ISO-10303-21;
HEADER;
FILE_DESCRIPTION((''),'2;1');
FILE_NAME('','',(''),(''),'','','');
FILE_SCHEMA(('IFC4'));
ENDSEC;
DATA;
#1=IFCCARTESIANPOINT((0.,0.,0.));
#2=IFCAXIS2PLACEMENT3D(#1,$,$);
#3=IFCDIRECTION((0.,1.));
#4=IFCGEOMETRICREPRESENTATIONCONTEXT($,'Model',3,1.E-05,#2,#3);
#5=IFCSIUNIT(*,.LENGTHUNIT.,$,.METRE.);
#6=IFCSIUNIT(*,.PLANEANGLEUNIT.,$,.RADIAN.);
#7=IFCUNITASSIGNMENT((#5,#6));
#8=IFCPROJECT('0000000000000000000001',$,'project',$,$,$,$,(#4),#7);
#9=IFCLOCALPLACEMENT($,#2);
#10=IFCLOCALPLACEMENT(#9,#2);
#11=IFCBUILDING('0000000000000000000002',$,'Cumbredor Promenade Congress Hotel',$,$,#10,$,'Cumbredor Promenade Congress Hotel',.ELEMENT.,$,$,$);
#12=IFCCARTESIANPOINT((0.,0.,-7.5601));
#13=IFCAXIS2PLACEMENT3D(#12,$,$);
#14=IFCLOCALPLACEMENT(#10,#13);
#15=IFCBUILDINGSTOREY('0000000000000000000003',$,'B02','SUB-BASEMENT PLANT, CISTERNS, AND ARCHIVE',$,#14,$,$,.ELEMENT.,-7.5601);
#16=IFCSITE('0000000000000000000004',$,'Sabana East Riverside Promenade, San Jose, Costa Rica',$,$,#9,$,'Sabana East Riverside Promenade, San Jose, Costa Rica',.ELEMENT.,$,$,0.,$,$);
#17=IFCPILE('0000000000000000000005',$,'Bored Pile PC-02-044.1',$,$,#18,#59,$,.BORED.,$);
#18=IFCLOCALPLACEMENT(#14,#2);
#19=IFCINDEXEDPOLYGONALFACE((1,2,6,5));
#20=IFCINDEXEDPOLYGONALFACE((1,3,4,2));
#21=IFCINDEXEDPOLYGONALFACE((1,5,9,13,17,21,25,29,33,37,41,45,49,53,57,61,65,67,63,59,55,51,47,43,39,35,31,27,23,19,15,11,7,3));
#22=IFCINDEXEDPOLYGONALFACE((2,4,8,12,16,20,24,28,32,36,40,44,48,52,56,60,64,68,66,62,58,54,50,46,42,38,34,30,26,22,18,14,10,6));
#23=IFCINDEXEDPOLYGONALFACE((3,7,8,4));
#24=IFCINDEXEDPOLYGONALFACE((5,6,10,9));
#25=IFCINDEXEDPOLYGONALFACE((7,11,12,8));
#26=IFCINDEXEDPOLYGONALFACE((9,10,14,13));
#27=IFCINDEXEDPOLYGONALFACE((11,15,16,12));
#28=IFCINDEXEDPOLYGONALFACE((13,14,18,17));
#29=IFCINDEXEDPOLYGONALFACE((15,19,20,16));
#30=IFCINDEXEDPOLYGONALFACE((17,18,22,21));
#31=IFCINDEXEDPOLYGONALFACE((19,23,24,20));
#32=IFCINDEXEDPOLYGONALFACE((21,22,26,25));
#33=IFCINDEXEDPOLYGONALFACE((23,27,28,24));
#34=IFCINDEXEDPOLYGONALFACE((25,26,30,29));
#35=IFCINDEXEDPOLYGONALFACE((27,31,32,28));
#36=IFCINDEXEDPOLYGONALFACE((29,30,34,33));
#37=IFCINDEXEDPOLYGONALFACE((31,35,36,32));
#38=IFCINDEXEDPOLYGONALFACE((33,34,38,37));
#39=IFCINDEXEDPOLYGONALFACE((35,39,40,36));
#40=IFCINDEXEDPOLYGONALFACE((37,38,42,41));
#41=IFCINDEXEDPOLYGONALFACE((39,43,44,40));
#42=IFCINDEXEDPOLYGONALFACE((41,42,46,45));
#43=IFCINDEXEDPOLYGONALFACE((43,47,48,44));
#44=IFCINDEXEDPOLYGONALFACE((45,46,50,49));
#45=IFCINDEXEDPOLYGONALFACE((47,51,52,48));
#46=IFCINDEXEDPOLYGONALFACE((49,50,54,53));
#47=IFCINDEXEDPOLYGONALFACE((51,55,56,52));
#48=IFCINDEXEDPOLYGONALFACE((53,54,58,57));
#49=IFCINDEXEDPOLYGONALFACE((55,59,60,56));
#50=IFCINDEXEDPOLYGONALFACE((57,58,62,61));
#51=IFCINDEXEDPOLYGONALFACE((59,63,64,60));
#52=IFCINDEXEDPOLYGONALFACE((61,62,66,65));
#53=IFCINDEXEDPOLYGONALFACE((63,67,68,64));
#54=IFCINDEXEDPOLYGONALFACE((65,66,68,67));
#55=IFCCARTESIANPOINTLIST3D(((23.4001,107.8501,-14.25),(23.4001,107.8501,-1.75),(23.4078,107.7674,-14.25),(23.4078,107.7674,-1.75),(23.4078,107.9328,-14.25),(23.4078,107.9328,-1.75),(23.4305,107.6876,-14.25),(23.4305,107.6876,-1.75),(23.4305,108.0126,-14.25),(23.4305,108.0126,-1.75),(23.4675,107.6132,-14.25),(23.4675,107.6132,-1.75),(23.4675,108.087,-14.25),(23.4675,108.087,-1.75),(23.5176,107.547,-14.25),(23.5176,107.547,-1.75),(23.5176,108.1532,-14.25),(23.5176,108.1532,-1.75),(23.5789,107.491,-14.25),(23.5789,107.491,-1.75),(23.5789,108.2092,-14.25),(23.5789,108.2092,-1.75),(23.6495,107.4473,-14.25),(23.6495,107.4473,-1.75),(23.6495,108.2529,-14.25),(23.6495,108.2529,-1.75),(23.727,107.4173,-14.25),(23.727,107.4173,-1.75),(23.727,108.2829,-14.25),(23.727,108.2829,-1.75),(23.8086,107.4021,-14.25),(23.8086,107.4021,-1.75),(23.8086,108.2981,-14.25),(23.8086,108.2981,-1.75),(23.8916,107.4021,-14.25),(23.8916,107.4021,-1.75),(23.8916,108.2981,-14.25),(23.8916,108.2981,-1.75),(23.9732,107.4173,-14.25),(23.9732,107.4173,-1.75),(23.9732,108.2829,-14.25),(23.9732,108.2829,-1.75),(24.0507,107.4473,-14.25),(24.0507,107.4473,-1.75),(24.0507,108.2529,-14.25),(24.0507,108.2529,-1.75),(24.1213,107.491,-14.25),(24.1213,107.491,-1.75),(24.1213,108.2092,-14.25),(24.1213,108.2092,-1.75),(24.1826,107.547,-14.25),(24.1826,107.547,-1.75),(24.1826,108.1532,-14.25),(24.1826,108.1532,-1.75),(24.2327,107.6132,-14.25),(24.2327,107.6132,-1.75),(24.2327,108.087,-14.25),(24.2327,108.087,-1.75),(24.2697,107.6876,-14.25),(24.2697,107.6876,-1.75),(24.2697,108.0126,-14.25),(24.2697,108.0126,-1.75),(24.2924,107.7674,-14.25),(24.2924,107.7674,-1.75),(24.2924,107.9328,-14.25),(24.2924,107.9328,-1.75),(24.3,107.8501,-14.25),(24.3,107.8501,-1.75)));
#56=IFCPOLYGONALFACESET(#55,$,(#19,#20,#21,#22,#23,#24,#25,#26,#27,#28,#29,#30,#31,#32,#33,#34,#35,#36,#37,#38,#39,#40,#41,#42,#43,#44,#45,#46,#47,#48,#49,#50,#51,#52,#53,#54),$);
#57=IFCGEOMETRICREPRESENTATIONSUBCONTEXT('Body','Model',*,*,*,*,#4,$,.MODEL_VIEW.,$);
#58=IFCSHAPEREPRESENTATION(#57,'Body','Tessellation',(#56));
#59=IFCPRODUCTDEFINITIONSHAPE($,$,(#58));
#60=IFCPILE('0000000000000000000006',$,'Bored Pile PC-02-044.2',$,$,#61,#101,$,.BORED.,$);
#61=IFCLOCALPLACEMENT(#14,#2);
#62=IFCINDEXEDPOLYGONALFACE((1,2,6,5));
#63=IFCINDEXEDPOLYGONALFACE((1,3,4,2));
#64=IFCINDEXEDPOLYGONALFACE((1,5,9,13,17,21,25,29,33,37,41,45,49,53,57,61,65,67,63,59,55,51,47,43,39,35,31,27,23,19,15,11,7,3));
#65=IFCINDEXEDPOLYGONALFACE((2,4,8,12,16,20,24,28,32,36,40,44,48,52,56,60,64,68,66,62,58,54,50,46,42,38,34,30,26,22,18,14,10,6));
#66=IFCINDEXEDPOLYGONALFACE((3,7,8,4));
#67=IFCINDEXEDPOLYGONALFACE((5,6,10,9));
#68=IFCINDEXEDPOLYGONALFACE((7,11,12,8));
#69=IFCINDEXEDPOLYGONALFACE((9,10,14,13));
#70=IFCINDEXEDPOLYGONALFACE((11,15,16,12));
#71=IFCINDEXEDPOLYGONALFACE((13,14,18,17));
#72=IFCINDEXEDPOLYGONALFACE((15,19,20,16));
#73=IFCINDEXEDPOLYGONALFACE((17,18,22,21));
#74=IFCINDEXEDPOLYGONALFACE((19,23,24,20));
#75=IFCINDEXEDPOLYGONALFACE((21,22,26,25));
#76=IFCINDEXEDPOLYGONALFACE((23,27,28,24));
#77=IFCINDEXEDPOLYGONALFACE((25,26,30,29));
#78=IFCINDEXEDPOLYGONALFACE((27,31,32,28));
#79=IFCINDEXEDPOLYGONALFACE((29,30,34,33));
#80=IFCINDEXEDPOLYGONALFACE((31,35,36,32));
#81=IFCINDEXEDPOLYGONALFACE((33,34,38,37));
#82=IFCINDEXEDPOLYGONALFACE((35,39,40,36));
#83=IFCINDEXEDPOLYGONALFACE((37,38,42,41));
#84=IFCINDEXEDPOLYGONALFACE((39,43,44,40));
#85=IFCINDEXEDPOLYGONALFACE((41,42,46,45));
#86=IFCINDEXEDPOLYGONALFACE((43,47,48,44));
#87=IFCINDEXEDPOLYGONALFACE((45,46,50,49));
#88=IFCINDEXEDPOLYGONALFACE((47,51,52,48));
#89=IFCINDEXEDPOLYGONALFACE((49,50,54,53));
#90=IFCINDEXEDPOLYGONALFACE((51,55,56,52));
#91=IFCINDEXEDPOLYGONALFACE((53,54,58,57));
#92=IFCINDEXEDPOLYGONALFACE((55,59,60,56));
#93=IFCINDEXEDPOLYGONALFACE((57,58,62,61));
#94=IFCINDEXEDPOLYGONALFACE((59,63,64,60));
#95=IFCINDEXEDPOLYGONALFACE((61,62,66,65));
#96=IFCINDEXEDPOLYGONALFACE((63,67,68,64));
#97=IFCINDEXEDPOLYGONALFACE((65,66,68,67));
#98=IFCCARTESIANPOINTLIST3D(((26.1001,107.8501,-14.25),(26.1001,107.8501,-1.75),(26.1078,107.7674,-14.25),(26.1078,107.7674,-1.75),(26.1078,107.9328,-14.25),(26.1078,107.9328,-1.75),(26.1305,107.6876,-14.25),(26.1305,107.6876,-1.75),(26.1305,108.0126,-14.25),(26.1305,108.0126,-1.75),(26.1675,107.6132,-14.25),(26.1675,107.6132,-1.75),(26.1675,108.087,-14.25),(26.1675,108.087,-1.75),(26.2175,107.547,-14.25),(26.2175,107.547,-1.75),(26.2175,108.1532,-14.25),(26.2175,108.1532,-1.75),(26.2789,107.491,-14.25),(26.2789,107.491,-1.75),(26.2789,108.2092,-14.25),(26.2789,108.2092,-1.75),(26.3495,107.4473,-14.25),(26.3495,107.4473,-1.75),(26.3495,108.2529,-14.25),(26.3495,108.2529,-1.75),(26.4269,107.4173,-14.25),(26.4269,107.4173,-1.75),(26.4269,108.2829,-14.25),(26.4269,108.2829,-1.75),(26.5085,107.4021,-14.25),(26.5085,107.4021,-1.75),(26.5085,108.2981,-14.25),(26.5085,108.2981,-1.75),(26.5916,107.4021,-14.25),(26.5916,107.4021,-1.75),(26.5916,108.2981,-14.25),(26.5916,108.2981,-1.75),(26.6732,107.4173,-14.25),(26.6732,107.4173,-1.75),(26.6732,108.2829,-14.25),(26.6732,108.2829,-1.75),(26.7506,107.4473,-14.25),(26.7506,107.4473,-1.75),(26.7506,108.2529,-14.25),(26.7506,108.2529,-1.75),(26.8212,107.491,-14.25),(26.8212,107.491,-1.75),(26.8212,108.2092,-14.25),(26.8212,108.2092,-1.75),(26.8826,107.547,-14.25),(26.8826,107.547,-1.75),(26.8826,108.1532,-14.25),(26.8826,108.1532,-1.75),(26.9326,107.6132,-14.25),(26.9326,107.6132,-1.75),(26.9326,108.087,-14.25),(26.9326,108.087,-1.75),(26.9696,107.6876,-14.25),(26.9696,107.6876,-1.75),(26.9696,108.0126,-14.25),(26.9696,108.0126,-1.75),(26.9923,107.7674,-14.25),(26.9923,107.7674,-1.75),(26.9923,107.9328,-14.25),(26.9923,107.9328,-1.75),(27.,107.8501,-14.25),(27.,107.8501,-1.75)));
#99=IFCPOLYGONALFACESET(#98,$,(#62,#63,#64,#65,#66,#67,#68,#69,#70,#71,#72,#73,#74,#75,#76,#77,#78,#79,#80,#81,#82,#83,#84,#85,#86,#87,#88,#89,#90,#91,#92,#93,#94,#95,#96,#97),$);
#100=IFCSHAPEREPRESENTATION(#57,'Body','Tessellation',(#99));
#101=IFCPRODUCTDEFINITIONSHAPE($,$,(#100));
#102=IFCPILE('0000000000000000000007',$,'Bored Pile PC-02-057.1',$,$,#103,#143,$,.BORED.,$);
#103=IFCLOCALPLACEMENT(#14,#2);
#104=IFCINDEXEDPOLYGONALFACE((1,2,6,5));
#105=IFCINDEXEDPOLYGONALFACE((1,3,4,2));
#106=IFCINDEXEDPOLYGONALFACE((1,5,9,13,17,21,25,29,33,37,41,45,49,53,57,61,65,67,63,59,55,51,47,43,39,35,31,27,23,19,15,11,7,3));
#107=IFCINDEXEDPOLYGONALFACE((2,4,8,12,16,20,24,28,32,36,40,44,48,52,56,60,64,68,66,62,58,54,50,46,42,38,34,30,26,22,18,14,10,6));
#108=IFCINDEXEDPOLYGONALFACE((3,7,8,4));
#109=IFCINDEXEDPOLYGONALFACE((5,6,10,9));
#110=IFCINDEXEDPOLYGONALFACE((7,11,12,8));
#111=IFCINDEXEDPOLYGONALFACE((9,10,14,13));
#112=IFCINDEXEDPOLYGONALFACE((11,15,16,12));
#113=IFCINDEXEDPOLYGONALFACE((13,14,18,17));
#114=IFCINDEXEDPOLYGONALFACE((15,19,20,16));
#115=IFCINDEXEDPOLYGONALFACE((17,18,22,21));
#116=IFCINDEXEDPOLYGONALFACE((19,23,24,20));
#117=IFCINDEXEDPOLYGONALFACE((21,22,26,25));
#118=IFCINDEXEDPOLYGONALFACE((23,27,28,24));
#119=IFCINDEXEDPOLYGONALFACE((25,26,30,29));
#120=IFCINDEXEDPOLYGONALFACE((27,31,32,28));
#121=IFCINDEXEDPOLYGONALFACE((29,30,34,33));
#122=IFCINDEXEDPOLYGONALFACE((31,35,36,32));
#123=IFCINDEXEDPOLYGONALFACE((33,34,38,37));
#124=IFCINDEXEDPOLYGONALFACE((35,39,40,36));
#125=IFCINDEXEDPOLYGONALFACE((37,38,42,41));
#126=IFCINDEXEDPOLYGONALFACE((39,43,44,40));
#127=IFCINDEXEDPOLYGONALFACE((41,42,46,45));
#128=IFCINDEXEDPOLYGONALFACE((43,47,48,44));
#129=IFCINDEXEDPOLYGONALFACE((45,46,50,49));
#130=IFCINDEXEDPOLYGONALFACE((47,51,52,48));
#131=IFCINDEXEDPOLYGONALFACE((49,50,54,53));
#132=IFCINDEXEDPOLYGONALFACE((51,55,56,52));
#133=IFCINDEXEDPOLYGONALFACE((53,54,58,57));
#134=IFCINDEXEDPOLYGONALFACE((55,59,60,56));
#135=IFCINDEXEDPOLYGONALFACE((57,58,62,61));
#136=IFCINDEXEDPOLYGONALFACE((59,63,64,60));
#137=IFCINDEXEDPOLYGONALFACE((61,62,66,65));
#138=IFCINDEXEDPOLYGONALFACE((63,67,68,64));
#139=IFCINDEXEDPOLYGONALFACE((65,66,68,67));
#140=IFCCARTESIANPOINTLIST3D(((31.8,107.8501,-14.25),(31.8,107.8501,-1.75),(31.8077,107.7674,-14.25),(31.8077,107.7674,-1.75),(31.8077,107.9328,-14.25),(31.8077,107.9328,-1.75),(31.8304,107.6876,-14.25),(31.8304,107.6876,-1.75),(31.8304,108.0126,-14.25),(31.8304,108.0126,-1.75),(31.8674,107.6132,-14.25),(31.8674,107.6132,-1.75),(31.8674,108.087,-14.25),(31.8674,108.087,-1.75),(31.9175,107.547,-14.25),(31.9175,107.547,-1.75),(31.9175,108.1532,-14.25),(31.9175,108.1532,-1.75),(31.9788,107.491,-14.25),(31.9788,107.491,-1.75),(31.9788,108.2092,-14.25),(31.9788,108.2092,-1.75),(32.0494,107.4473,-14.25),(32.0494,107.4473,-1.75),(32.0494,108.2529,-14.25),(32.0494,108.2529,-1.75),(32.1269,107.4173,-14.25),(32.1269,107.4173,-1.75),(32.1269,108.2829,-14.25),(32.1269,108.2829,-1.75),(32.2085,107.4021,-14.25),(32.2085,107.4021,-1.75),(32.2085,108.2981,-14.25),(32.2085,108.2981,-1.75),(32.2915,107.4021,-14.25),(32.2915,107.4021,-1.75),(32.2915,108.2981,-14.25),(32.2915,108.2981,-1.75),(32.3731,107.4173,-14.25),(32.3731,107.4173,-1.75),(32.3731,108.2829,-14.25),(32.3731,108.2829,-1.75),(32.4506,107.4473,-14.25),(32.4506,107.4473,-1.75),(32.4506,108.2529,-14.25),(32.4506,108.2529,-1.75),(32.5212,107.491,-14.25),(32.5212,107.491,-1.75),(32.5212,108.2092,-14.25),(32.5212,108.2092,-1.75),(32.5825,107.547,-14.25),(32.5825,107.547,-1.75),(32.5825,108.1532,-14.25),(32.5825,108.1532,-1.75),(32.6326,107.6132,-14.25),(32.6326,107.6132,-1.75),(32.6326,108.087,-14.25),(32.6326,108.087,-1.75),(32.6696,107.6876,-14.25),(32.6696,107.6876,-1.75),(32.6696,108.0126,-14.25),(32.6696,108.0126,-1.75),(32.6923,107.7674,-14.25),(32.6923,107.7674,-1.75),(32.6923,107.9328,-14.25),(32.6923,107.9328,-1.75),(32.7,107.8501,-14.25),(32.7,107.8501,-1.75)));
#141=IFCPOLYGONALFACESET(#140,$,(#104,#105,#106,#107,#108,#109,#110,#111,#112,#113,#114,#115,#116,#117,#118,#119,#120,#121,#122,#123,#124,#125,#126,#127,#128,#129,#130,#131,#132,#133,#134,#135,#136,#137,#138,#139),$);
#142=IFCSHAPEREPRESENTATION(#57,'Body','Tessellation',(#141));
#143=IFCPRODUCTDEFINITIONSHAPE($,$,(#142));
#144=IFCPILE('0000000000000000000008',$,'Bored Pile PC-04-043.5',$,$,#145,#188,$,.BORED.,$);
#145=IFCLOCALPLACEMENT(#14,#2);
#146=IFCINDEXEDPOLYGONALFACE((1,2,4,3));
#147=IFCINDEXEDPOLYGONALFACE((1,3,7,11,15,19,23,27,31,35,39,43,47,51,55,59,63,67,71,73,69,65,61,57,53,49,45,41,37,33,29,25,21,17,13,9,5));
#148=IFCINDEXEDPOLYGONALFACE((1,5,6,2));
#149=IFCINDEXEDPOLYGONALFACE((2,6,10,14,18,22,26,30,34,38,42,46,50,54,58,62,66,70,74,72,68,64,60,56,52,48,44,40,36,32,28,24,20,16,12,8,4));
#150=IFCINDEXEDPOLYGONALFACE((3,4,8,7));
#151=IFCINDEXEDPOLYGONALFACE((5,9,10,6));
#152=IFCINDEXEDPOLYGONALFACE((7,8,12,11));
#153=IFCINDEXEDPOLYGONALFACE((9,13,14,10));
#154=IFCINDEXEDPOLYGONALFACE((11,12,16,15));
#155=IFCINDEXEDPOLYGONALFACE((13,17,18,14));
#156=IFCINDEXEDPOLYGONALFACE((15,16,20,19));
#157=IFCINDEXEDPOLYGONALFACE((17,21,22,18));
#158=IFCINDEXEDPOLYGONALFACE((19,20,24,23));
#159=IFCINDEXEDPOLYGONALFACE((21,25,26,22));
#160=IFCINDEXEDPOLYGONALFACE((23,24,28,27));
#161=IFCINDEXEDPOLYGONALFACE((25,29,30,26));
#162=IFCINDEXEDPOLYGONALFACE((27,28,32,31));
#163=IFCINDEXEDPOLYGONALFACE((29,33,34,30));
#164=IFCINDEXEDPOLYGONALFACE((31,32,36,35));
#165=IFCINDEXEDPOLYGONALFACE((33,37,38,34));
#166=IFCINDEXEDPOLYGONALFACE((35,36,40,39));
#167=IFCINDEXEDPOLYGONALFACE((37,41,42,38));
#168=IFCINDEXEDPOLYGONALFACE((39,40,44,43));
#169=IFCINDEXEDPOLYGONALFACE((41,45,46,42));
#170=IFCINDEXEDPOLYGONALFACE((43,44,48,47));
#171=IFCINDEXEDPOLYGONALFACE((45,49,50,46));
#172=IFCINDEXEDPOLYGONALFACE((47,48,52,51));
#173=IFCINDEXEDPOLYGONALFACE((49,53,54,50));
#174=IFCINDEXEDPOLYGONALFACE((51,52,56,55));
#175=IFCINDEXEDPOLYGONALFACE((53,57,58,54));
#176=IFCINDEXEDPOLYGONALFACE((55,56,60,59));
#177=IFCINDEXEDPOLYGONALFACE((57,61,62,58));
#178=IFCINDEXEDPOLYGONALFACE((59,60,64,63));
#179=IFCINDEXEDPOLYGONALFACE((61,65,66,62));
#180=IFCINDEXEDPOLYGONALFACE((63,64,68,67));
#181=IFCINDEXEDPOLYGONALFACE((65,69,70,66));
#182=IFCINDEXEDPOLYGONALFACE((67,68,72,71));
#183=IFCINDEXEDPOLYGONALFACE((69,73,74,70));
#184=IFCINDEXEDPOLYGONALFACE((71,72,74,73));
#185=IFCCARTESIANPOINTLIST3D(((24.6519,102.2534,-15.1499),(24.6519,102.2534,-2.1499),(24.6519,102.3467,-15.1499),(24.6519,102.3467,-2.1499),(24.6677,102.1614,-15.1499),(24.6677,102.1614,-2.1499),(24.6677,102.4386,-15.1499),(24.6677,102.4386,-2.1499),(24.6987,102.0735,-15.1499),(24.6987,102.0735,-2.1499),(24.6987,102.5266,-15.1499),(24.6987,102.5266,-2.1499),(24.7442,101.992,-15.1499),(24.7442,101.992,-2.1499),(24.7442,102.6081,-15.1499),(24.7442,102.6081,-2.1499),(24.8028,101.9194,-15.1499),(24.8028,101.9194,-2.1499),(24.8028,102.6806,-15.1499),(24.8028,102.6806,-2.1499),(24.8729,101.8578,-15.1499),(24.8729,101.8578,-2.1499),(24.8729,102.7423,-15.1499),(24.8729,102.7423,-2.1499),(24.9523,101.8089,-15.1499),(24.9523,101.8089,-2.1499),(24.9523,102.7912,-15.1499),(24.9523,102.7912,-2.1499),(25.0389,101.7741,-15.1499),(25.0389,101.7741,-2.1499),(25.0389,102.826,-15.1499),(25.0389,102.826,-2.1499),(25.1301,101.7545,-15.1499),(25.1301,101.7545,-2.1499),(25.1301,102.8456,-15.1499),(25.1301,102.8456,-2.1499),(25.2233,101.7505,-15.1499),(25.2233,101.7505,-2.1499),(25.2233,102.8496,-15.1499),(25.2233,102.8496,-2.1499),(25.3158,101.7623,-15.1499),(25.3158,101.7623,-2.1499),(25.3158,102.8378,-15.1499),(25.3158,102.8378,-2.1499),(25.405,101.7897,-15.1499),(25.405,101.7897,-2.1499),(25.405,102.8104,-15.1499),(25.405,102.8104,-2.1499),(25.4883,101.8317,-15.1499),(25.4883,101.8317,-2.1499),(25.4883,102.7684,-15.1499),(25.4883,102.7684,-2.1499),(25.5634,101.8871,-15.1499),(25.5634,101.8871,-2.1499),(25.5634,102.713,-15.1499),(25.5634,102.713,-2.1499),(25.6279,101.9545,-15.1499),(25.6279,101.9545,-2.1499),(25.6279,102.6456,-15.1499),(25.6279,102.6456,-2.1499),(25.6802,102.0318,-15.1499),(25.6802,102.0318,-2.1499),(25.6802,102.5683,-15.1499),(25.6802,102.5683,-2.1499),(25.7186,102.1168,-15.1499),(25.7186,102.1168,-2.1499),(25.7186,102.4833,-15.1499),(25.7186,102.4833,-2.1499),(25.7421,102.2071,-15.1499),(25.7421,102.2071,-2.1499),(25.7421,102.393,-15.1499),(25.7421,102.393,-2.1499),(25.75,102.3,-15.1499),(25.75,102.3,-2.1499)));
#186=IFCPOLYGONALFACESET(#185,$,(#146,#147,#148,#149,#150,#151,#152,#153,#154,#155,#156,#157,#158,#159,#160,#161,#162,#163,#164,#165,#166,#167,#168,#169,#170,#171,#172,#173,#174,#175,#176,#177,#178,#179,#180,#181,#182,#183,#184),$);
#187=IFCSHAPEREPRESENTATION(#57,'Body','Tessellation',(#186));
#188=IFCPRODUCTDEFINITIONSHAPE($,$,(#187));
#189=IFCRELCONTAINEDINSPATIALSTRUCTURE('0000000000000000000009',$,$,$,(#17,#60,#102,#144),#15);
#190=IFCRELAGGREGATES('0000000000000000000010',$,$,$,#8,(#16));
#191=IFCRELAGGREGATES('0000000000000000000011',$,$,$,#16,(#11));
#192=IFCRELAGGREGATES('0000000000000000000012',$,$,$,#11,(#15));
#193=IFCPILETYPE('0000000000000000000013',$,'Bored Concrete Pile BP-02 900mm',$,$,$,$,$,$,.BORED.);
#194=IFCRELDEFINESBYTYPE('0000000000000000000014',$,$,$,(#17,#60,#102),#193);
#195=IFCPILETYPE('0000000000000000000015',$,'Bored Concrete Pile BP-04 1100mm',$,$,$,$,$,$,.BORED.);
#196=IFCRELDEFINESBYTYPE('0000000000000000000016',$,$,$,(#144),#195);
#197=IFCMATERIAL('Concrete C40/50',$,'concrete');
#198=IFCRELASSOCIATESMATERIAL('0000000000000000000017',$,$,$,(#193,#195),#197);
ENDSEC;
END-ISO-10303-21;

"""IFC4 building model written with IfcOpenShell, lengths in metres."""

from ifc_helpers import new_model, si_unit, direction, frame, origin, origin_2d, place, context, subcontext, project, spatial, circle, extrude, material, material_profile, profile_set, type_object, element, save


model = new_model("IFC4")

# Units and contexts
model_context = context("Model", 3, precision=1e-05, world=origin(), true_north=direction((0.0, 1.0)))
body_context = subcontext(model_context, "Body", "Model", "MODEL_VIEW")
ifc_project = project(units=[si_unit("LENGTHUNIT", "METRE"), si_unit("PLANEANGLEUNIT", "RADIAN")], contexts=[model_context])

# Site, building, storey
site_placement = place(None, origin())
site = spatial("IfcSite", under=ifc_project, at=site_placement, Name="Sabana East Riverside Promenade, San Jose, Costa Rica", LongName="Sabana East Riverside Promenade, San Jose, Costa Rica", CompositionType="ELEMENT", RefElevation=0.0)
building_placement = place(site_placement, origin())
building = spatial("IfcBuilding", under=site, at=building_placement, Name="Cumbredor Promenade Congress Hotel", LongName="Cumbredor Promenade Congress Hotel", CompositionType="ELEMENT")
storey_placement = place(building_placement, frame((0.0, 0.0, -7.5601)))
storey = spatial("IfcBuildingStorey", under=building, at=storey_placement, Name="B02", Description="SUB-BASEMENT PLANT, CISTERNS, AND ARCHIVE", CompositionType="ELEMENT", Elevation=-7.5601)

# Piles
ifc_material_1 = material(Name="Concrete C40/50", Category="concrete")
ifc_material_profile_1 = material_profile(ifc_material_1, circle(Radius=0.45, at=origin_2d()), Name="PILE D900")
ifc_profile_set_1 = profile_set([ifc_material_profile_1], Name="Concrete C40/50")
pile_type_1 = type_object("IfcPileType", Name="Bored Concrete Pile BP-02 900mm", PredefinedType="BORED", material=ifc_profile_set_1)
for number, where, z_axis, x_axis, name in (
    (1, (23.8501, 107.8501, -1.75), (0.0, 0.0, -1.0), (1.0, 0.0, 0.0), "Bored Pile PC-02-044.1"),
    (2, (26.55, 107.8501, -1.75), (0.0, 0.0, -1.0), (1.0, 0.0, 0.0), "Bored Pile PC-02-044.2"),
    (3, (32.25, 107.8501, -1.75), (0.0, 0.0, -1.0), (1.0, 0.0, 0.0), "Bored Pile PC-02-057.1"),
):
    element("IfcPile", number, at=place(storey_placement, frame(where, z_axis=z_axis, x_axis=x_axis)), inside=storey, type_object=pile_type_1, Name=name, PredefinedType="BORED", context=body_context, shape_type="SweptSolid", body=[
        extrude(circle(Radius=0.45, at=origin_2d()), origin(), (0.0, 0.0, 1.0), 12.5),
    ])
ifc_material_profile_2 = material_profile(ifc_material_1, circle(Radius=0.55, at=origin_2d()), Name="PILE D1100")
ifc_profile_set_2 = profile_set([ifc_material_profile_2], Name="Concrete C40/50")
pile_type_2 = type_object("IfcPileType", Name="Bored Concrete Pile BP-04 1100mm", PredefinedType="BORED", material=ifc_profile_set_2)
for number, where, z_axis, x_axis, name in (
    (4, (25.2, 102.3, -2.1499), (0.0, 0.0, -1.0), (1.0, 0.0, 0.0), "Bored Pile PC-04-043.5"),
):
    element("IfcPile", number, at=place(storey_placement, frame(where, z_axis=z_axis, x_axis=x_axis)), inside=storey, type_object=pile_type_2, Name=name, PredefinedType="BORED", context=body_context, shape_type="SweptSolid", body=[
        extrude(circle(Radius=0.55, at=origin_2d()), origin(), (0.0, 0.0, 1.0), 13.0),
    ])

save(model, "model.ifc")
